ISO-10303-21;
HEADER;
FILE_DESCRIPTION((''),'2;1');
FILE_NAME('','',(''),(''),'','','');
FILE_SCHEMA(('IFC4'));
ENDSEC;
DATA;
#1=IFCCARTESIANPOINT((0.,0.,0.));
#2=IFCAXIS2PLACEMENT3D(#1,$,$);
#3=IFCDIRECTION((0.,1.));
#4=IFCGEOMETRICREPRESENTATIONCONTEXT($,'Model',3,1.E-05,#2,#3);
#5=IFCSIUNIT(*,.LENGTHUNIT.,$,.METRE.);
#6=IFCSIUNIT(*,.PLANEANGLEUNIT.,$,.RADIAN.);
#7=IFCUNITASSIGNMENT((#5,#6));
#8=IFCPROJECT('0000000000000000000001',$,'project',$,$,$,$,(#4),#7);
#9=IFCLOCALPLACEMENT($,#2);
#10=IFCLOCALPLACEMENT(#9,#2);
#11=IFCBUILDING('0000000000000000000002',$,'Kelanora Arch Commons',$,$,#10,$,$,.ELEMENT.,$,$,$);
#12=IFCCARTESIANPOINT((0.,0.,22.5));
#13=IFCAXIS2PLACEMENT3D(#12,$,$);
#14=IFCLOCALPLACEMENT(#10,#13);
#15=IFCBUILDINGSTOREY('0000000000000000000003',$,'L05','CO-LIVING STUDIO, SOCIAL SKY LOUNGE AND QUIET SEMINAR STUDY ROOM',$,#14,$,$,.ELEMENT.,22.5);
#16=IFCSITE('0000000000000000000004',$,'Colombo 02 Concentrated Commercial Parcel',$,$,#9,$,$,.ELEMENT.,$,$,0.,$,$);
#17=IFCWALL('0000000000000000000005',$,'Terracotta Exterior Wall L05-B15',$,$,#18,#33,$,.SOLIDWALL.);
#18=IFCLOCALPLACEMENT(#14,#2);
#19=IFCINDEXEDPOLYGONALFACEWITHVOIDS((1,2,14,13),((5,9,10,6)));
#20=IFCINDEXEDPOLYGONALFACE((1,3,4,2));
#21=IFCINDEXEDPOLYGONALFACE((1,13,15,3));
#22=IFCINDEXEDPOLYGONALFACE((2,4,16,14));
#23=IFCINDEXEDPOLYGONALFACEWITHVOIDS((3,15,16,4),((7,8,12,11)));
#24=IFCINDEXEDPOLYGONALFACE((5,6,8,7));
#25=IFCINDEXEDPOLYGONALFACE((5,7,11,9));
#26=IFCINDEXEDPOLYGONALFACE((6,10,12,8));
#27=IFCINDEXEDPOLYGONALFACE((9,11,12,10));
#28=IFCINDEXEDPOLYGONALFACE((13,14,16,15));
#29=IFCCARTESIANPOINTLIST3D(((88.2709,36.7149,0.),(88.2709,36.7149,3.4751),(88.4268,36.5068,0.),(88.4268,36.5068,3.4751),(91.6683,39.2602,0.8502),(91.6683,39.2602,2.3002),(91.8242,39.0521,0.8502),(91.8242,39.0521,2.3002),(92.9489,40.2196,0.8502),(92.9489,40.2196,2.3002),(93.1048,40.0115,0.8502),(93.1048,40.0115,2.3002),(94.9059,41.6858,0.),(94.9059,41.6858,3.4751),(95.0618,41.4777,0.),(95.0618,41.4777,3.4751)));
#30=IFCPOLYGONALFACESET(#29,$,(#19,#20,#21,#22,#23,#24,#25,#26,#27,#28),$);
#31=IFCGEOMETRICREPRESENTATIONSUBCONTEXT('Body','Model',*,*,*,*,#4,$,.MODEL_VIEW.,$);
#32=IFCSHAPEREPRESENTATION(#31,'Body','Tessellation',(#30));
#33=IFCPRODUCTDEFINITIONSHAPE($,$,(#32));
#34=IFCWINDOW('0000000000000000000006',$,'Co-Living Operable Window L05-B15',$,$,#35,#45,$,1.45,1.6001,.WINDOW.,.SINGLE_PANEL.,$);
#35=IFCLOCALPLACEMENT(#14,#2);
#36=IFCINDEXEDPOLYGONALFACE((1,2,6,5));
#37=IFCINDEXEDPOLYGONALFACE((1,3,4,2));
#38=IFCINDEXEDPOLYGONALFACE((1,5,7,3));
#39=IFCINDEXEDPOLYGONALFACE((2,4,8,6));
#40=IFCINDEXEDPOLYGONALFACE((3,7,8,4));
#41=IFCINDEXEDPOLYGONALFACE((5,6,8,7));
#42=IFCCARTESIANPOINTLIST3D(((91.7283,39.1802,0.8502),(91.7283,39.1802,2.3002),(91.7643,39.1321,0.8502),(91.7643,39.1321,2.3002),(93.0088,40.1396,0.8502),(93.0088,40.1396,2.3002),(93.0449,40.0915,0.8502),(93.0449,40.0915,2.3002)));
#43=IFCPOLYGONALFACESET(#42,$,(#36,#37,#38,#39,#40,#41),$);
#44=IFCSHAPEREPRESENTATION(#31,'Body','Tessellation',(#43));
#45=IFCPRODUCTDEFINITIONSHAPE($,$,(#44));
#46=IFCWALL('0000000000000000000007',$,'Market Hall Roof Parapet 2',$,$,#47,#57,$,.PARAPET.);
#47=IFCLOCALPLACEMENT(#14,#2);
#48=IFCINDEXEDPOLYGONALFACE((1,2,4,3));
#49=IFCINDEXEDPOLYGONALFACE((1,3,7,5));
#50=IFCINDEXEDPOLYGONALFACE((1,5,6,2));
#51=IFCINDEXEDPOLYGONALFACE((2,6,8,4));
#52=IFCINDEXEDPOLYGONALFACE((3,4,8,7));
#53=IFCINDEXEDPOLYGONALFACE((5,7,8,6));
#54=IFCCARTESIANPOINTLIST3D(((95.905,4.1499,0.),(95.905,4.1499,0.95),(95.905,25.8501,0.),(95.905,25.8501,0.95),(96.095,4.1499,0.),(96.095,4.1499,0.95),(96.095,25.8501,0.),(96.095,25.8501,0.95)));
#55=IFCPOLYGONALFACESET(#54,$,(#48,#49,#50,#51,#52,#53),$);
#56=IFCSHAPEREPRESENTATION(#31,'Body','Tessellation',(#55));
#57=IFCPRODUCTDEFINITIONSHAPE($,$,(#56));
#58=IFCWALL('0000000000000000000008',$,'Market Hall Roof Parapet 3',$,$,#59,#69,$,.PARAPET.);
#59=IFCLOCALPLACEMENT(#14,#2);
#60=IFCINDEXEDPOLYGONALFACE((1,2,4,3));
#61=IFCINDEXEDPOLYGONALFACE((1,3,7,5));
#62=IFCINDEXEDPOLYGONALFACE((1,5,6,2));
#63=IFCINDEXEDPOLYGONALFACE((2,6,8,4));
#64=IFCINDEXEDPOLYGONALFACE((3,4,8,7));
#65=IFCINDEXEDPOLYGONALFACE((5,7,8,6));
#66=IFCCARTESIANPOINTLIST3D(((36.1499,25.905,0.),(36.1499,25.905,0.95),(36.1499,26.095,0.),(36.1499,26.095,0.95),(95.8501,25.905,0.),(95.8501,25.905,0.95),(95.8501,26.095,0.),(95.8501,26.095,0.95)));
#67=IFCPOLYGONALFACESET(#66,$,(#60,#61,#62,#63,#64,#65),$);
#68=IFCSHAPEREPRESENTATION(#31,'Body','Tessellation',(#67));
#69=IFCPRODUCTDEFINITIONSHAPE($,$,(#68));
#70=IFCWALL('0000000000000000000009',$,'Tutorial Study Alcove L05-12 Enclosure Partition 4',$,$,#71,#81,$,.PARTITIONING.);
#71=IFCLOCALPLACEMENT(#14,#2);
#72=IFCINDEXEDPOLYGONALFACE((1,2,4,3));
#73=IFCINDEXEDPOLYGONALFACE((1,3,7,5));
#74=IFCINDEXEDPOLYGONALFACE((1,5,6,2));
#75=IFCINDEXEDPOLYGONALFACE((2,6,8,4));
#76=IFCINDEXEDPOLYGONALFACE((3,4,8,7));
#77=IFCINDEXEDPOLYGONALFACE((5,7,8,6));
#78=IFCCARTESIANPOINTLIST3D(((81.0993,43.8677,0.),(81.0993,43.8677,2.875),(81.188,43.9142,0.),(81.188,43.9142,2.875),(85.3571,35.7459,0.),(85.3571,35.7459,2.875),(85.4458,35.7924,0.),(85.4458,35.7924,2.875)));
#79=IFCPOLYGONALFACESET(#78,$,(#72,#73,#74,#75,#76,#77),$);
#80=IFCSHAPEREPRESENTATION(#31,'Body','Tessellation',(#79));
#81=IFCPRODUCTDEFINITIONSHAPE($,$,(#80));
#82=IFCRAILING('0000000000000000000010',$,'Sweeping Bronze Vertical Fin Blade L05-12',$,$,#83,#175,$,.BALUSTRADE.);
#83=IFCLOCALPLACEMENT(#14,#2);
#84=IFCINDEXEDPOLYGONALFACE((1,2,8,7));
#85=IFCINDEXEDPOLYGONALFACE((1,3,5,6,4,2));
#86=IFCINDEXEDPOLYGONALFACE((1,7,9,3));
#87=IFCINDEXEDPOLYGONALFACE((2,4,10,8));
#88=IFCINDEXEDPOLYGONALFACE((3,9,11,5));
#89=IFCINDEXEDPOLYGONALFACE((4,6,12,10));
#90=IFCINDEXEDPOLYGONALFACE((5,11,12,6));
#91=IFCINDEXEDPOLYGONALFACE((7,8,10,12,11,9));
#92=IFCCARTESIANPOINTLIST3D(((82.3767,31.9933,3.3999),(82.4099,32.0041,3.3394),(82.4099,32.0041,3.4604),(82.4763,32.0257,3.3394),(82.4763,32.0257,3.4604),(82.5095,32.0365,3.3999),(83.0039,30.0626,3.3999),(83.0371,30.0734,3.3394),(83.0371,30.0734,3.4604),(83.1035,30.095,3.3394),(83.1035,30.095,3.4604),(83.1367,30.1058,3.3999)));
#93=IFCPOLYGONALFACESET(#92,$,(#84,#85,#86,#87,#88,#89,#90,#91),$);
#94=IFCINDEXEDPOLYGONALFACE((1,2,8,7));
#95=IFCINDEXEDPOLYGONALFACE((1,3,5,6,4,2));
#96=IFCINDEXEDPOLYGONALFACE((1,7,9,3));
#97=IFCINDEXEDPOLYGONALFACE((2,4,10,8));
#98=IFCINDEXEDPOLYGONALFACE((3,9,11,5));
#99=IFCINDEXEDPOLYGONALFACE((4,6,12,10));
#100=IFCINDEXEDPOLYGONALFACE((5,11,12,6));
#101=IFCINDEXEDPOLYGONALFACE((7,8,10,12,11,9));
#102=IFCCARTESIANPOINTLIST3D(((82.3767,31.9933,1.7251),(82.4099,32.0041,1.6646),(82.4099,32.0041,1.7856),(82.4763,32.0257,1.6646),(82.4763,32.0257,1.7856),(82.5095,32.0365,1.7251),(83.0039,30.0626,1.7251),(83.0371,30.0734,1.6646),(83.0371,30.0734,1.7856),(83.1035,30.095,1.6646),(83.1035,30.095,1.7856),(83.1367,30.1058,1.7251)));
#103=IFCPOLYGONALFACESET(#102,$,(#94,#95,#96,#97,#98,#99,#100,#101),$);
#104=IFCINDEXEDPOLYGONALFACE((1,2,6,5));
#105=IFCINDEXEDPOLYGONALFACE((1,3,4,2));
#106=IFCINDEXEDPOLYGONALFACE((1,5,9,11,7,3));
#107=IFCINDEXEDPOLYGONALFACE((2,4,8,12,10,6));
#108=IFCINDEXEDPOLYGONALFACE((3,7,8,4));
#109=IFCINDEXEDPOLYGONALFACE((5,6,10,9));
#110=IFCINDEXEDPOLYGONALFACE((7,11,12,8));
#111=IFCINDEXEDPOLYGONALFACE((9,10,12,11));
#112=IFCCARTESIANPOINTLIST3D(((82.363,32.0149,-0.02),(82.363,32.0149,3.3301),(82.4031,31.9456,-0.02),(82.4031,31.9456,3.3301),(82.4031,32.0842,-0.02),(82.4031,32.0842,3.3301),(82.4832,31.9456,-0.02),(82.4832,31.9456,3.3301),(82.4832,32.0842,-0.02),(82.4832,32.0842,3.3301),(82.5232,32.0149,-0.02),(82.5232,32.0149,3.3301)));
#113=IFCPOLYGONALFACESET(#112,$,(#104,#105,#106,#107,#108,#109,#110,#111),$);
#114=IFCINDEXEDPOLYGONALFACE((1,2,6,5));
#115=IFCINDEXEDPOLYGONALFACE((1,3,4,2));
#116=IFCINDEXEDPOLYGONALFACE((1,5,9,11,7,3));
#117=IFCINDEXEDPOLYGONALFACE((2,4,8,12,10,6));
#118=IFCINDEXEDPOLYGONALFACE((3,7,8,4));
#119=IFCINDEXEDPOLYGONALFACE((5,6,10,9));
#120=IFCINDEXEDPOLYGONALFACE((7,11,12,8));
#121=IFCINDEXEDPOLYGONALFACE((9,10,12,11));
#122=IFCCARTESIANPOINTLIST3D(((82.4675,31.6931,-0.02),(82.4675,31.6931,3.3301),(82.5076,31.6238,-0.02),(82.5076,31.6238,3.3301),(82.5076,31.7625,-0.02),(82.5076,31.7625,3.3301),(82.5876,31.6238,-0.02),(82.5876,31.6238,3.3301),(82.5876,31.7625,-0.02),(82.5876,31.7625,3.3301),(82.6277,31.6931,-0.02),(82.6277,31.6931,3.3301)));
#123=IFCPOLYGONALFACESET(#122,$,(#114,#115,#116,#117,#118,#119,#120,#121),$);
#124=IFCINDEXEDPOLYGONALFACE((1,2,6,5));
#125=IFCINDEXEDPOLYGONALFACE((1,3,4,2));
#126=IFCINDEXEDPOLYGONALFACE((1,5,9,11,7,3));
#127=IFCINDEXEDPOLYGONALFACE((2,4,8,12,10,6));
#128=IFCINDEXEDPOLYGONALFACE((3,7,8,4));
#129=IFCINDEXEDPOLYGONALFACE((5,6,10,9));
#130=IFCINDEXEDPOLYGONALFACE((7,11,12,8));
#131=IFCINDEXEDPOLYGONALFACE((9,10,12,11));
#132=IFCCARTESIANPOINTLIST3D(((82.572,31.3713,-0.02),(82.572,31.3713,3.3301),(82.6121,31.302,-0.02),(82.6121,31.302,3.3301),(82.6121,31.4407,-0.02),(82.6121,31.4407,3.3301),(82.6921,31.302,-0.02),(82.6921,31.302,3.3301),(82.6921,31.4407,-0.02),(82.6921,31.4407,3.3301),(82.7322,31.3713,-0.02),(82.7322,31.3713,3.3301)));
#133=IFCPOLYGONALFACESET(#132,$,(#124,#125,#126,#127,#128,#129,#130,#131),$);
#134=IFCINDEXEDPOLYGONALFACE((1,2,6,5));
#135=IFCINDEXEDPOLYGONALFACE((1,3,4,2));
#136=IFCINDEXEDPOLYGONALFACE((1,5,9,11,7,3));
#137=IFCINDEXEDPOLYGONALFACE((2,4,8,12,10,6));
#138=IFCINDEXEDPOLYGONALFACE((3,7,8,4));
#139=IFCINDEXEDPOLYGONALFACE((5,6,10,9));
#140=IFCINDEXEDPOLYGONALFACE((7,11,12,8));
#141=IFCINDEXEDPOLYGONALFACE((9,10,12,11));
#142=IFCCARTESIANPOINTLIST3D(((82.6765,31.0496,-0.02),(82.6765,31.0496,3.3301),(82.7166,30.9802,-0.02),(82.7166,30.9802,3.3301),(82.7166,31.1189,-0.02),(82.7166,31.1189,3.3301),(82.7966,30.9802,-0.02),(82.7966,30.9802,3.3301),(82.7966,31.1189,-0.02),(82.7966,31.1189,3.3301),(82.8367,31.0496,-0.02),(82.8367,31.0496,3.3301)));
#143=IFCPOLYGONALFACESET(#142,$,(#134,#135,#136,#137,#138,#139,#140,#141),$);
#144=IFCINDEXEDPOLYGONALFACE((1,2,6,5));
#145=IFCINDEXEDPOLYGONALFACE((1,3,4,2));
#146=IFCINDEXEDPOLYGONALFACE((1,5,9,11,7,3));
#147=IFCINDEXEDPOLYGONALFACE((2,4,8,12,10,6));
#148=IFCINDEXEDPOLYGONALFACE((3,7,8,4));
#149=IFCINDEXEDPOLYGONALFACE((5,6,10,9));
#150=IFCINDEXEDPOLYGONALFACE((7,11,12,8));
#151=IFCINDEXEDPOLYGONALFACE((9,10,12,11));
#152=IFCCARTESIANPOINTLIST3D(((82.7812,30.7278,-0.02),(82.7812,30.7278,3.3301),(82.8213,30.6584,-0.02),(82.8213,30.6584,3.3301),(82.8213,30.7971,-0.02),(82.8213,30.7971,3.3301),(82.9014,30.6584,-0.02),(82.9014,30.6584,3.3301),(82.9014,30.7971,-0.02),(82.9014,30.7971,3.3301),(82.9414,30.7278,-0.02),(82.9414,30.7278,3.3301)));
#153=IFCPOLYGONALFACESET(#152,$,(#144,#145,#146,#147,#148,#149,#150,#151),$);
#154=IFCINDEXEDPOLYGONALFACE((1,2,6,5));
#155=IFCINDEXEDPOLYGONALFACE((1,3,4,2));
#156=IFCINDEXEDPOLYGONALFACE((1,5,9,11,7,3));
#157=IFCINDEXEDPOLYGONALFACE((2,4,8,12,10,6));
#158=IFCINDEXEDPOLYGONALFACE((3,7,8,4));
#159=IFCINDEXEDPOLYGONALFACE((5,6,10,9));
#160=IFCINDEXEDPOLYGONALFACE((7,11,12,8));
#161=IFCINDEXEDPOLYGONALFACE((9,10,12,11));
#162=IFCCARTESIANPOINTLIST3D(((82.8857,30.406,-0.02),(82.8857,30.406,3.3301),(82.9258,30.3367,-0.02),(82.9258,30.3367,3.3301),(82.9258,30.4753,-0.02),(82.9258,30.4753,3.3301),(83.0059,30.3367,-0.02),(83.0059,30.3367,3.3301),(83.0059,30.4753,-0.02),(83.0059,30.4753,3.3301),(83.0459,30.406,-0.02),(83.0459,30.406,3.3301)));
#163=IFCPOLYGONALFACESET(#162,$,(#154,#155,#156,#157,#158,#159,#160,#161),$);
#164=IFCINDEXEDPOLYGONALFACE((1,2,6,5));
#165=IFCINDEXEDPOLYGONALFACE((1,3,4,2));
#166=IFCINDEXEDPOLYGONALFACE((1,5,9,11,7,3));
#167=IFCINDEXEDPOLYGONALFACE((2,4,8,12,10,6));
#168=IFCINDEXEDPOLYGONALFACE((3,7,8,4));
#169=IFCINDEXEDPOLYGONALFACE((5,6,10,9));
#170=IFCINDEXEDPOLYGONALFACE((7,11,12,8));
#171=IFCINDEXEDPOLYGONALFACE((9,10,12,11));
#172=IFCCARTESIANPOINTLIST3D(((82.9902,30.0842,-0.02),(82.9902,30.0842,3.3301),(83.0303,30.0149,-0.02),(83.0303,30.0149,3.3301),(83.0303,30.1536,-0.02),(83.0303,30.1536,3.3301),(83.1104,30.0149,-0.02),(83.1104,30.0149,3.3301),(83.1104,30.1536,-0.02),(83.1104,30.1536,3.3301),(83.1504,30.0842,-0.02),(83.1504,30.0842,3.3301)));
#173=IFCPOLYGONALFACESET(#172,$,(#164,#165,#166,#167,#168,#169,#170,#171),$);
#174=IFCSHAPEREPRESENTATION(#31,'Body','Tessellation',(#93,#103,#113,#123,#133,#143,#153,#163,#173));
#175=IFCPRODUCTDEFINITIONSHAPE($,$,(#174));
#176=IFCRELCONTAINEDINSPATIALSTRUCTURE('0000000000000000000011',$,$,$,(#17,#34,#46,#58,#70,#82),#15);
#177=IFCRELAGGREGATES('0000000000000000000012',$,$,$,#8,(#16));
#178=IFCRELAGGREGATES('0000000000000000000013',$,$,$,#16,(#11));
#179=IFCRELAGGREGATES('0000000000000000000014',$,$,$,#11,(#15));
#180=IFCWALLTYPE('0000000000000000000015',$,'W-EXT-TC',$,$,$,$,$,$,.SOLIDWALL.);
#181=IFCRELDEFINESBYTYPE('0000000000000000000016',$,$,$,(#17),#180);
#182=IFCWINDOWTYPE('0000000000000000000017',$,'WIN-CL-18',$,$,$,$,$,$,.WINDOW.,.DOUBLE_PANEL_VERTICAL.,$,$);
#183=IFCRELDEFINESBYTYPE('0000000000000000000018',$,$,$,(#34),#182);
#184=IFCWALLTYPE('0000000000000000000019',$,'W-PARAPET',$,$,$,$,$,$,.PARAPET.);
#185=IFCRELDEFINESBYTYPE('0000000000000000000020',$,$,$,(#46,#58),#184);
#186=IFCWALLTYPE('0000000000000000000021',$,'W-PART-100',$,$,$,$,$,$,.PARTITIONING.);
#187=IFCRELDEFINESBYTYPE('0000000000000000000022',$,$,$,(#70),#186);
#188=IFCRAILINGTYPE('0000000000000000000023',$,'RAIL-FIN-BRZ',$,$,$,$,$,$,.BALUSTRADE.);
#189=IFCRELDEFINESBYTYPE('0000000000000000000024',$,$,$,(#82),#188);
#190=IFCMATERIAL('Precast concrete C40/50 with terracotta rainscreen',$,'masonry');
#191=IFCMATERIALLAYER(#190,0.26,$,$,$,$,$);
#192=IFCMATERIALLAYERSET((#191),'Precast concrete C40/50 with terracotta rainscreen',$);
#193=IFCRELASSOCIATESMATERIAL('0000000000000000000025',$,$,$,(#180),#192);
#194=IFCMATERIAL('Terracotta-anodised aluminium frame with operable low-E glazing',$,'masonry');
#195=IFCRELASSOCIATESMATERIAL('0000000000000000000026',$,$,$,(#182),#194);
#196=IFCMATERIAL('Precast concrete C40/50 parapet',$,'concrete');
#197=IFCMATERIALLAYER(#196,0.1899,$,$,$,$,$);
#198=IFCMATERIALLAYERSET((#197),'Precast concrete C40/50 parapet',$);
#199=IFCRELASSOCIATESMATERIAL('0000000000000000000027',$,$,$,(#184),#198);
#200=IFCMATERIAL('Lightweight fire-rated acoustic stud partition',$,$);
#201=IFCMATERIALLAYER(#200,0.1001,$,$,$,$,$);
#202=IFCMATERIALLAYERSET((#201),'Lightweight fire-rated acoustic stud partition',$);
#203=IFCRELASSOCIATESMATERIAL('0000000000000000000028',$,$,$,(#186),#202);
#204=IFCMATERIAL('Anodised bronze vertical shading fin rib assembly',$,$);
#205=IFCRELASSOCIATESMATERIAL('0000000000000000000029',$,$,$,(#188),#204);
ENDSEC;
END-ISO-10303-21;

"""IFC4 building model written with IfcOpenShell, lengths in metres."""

from ifc_helpers import new_model, si_unit, direction, frame, frame_2d, origin, place, context, subcontext, project, spatial, polyline, rectangle, outline, extrude, material, layer, layer_set, type_object, element, fill, save


model = new_model("IFC4")

# Units and contexts
model_context = context("Model", 3, precision=1e-05, world=origin(), true_north=direction((0.0, 1.0)))
body_context = subcontext(model_context, "Body", "Model", "MODEL_VIEW")
ifc_project = project(units=[si_unit("LENGTHUNIT", "METRE"), si_unit("PLANEANGLEUNIT", "RADIAN")], contexts=[model_context])

# Site, building, storey
site_placement = place(None, origin())
site = spatial("IfcSite", under=ifc_project, at=site_placement, Name="Colombo 02 Concentrated Commercial Parcel", CompositionType="ELEMENT", RefElevation=0.0)
building_placement = place(site_placement, origin())
building = spatial("IfcBuilding", under=site, at=building_placement, Name="Kelanora Arch Commons", CompositionType="ELEMENT")
storey_placement = place(building_placement, frame((0.0, 0.0, 22.5)))
storey = spatial("IfcBuildingStorey", under=building, at=storey_placement, Name="L05", Description="CO-LIVING STUDIO, SOCIAL SKY LOUNGE AND QUIET SEMINAR STUDY ROOM", CompositionType="ELEMENT", Elevation=22.5)

# Wall, opening, window
ifc_material_1 = material(Name="Precast concrete C40/50 with terracotta rainscreen", Category="masonry")
ifc_layer_1 = layer(ifc_material_1, 0.26)
ifc_layer_set_1 = layer_set([ifc_layer_1], Name="Precast concrete C40/50 with terracotta rainscreen")
wall_type_1 = type_object("IfcWallType", Name="W-EXT-TC", PredefinedType="SOLIDWALL", material=ifc_layer_set_1)
wall_1_placement = place(storey_placement, frame((88.3489, 36.6108, 0.0), z_axis=(0.0, 0.0, 1.0), x_axis=(0.800307, 0.59959, 0.0)))
wall_1 = element("IfcWall", 1, at=wall_1_placement, inside=storey, type_object=wall_type_1, Name="Terracotta Exterior Wall L05-B15", PredefinedType="SOLIDWALL", context=body_context, shape_type="SweptSolid", body=[
    extrude(rectangle(XDim=8.2905, YDim=0.26, at=frame_2d((4.1453, 0.0))), origin(), (0.0, 0.0, 1.0), 3.4751),
])
opening_placement = place(wall_1_placement, frame((4.2451, 0.0, 0.8501)))
opening = element("IfcOpeningElement", 2, at=opening_placement, cuts=wall_1, PredefinedType="OPENING", context=body_context, shape_type="SweptSolid", body=[
    extrude(rectangle(XDim=1.6001, YDim=1.45, at=frame_2d((0.8, 0.7251))), frame((0.0, 0.1401, 0.0), z_axis=(0.0, -1.0, 0.0), x_axis=(1.0, 0.0, 0.0)), (0.0, 0.0, 1.0), 0.28),
])
ifc_material_2 = material(Name="Terracotta-anodised aluminium frame with operable low-E glazing", Category="masonry")
window_type = type_object("IfcWindowType", Name="WIN-CL-18", PartitioningType="DOUBLE_PANEL_VERTICAL", PredefinedType="WINDOW", material=ifc_material_2)
window_placement = place(opening_placement, origin())
window = element("IfcWindow", 3, at=window_placement, inside=storey, type_object=window_type, Name="Co-Living Operable Window L05-B15", OverallHeight=1.45, OverallWidth=1.6001, PartitioningType="SINGLE_PANEL", PredefinedType="WINDOW", context=body_context, shape_type="SweptSolid", body=[
    extrude(rectangle(XDim=1.6001, YDim=1.45, at=frame_2d((0.8, 0.7251))), frame((0.0, 0.03, 0.0), z_axis=(0.0, -1.0, 0.0), x_axis=(1.0, 0.0, 0.0)), (0.0, 0.0, 1.0), 0.0601),
])
fill(opening, window)

# Walls
ifc_material_3 = material(Name="Precast concrete C40/50 parapet", Category="concrete")
ifc_layer_2 = layer(ifc_material_3, 0.1899)
ifc_layer_set_2 = layer_set([ifc_layer_2], Name="Precast concrete C40/50 parapet")
wall_type_2 = type_object("IfcWallType", Name="W-PARAPET", PredefinedType="PARAPET", material=ifc_layer_set_2)
wall_2_placement = place(storey_placement, frame((96.0, 4.1499, 0.0), z_axis=(0.0, 0.0, 1.0), x_axis=(0.0, 1.0, 0.0)))
element("IfcWall", 4, at=wall_2_placement, inside=storey, type_object=wall_type_2, Name="Market Hall Roof Parapet 2", PredefinedType="PARAPET", context=body_context, shape_type="SweptSolid", body=[
    extrude(rectangle(XDim=21.7002, YDim=0.1899, at=frame_2d((10.8501, 0.0))), origin(), (0.0, 0.0, 1.0), 0.95),
])
wall_3_placement = place(storey_placement, frame((95.8501, 26.0, 0.0), z_axis=(0.0, 0.0, 1.0), x_axis=(-1.0, 0.0, 0.0)))
element("IfcWall", 5, at=wall_3_placement, inside=storey, type_object=wall_type_2, Name="Market Hall Roof Parapet 3", PredefinedType="PARAPET", context=body_context, shape_type="SweptSolid", body=[
    extrude(rectangle(XDim=59.7002, YDim=0.1899, at=frame_2d((29.8501, 0.0))), origin(), (0.0, 0.0, 1.0), 0.95),
])
ifc_material_4 = material(Name="Lightweight fire-rated acoustic stud partition")
ifc_layer_3 = layer(ifc_material_4, 0.1001)
ifc_layer_set_3 = layer_set([ifc_layer_3], Name="Lightweight fire-rated acoustic stud partition")
wall_type_3 = type_object("IfcWallType", Name="W-PART-100", PredefinedType="PARTITIONING", material=ifc_layer_set_3)
wall_4_placement = place(storey_placement, frame((85.4014, 35.7693, 0.0), z_axis=(0.0, 0.0, 1.0), x_axis=(-0.464308, 0.885674, 0.0)))
element("IfcWall", 6, at=wall_4_placement, inside=storey, type_object=wall_type_3, Name="Tutorial Study Alcove L05-12 Enclosure Partition 4", PredefinedType="PARTITIONING", context=body_context, shape_type="SweptSolid", body=[
    extrude(rectangle(XDim=9.1702, YDim=0.1001, at=frame_2d((4.585, 0.0))), origin(), (0.0, 0.0, 1.0), 2.875),
])

# Railing
ifc_material_5 = material(Name="Anodised bronze vertical shading fin rib assembly")
railing_type = type_object("IfcRailingType", Name="RAIL-FIN-BRZ", PredefinedType="BALUSTRADE", material=ifc_material_5)
railing_1_placement = place(storey_placement, frame((82.4431, 32.0149, -0.02)))
element("IfcRailing", 7, at=railing_1_placement, inside=storey, type_object=railing_type, Name="Sweeping Bronze Vertical Fin Blade L05-12", PredefinedType="BALUSTRADE", context=body_context, shape_type="SweptSolid", body=[
    extrude(outline(polyline([(0.0698, 0.0), (0.0349, 0.0605), (-0.0349, 0.0605), (-0.0698, 0.0), (-0.0349, -0.0605), (0.0349, -0.0605), (0.0698, 0.0)])), frame((0.0, 0.0, 3.4199), z_axis=(0.308966, -0.951073, 0.0), x_axis=(0.951073, 0.308966, 0.0)), (0.0, 0.0, 1.0), 2.03),
    extrude(outline(polyline([(0.0698, 0.0), (0.0349, 0.0605), (-0.0349, 0.0605), (-0.0698, 0.0), (-0.0349, -0.0605), (0.0349, -0.0605), (0.0698, 0.0)])), frame((0.0, 0.0, 1.7451), z_axis=(0.308966, -0.951073, 0.0), x_axis=(0.951073, 0.308966, 0.0)), (0.0, 0.0, 1.0), 2.03),
    extrude(outline(polyline([(0.0801, 0.0), (0.04, 0.0693), (-0.04, 0.0693), (-0.0801, 0.0), (-0.04, -0.0693), (0.04, -0.0693), (0.0801, 0.0)])), origin(), (0.0, 0.0, 1.0), 3.3501),
    extrude(outline(polyline([(0.0801, 0.0), (0.04, 0.0693), (-0.04, 0.0693), (-0.0801, 0.0), (-0.04, -0.0693), (0.04, -0.0693), (0.0801, 0.0)])), frame((0.1045, -0.3218, 0.0)), (0.0, 0.0, 1.0), 3.3501),
    extrude(outline(polyline([(0.0801, 0.0), (0.04, 0.0693), (-0.04, 0.0693), (-0.0801, 0.0), (-0.04, -0.0693), (0.04, -0.0693), (0.0801, 0.0)])), frame((0.209, -0.6436, 0.0)), (0.0, 0.0, 1.0), 3.3501),
    extrude(outline(polyline([(0.0801, 0.0), (0.04, 0.0693), (-0.04, 0.0693), (-0.0801, 0.0), (-0.04, -0.0693), (0.04, -0.0693), (0.0801, 0.0)])), frame((0.3135, -0.9653, 0.0)), (0.0, 0.0, 1.0), 3.3501),
    extrude(outline(polyline([(0.0801, 0.0), (0.04, 0.0693), (-0.04, 0.0693), (-0.0801, 0.0), (-0.04, -0.0693), (0.04, -0.0693), (0.0801, 0.0)])), frame((0.4182, -1.2871, 0.0)), (0.0, 0.0, 1.0), 3.3501),
    extrude(outline(polyline([(0.0801, 0.0), (0.04, 0.0693), (-0.04, 0.0693), (-0.0801, 0.0), (-0.04, -0.0693), (0.04, -0.0693), (0.0801, 0.0)])), frame((0.5227, -1.6089, 0.0)), (0.0, 0.0, 1.0), 3.3501),
    extrude(outline(polyline([(0.0801, 0.0), (0.04, 0.0693), (-0.04, 0.0693), (-0.0801, 0.0), (-0.04, -0.0693), (0.04, -0.0693), (0.0801, 0.0)])), frame((0.6272, -1.9307, 0.0)), (0.0, 0.0, 1.0), 3.3501),
])

save(model, "model.ifc")
